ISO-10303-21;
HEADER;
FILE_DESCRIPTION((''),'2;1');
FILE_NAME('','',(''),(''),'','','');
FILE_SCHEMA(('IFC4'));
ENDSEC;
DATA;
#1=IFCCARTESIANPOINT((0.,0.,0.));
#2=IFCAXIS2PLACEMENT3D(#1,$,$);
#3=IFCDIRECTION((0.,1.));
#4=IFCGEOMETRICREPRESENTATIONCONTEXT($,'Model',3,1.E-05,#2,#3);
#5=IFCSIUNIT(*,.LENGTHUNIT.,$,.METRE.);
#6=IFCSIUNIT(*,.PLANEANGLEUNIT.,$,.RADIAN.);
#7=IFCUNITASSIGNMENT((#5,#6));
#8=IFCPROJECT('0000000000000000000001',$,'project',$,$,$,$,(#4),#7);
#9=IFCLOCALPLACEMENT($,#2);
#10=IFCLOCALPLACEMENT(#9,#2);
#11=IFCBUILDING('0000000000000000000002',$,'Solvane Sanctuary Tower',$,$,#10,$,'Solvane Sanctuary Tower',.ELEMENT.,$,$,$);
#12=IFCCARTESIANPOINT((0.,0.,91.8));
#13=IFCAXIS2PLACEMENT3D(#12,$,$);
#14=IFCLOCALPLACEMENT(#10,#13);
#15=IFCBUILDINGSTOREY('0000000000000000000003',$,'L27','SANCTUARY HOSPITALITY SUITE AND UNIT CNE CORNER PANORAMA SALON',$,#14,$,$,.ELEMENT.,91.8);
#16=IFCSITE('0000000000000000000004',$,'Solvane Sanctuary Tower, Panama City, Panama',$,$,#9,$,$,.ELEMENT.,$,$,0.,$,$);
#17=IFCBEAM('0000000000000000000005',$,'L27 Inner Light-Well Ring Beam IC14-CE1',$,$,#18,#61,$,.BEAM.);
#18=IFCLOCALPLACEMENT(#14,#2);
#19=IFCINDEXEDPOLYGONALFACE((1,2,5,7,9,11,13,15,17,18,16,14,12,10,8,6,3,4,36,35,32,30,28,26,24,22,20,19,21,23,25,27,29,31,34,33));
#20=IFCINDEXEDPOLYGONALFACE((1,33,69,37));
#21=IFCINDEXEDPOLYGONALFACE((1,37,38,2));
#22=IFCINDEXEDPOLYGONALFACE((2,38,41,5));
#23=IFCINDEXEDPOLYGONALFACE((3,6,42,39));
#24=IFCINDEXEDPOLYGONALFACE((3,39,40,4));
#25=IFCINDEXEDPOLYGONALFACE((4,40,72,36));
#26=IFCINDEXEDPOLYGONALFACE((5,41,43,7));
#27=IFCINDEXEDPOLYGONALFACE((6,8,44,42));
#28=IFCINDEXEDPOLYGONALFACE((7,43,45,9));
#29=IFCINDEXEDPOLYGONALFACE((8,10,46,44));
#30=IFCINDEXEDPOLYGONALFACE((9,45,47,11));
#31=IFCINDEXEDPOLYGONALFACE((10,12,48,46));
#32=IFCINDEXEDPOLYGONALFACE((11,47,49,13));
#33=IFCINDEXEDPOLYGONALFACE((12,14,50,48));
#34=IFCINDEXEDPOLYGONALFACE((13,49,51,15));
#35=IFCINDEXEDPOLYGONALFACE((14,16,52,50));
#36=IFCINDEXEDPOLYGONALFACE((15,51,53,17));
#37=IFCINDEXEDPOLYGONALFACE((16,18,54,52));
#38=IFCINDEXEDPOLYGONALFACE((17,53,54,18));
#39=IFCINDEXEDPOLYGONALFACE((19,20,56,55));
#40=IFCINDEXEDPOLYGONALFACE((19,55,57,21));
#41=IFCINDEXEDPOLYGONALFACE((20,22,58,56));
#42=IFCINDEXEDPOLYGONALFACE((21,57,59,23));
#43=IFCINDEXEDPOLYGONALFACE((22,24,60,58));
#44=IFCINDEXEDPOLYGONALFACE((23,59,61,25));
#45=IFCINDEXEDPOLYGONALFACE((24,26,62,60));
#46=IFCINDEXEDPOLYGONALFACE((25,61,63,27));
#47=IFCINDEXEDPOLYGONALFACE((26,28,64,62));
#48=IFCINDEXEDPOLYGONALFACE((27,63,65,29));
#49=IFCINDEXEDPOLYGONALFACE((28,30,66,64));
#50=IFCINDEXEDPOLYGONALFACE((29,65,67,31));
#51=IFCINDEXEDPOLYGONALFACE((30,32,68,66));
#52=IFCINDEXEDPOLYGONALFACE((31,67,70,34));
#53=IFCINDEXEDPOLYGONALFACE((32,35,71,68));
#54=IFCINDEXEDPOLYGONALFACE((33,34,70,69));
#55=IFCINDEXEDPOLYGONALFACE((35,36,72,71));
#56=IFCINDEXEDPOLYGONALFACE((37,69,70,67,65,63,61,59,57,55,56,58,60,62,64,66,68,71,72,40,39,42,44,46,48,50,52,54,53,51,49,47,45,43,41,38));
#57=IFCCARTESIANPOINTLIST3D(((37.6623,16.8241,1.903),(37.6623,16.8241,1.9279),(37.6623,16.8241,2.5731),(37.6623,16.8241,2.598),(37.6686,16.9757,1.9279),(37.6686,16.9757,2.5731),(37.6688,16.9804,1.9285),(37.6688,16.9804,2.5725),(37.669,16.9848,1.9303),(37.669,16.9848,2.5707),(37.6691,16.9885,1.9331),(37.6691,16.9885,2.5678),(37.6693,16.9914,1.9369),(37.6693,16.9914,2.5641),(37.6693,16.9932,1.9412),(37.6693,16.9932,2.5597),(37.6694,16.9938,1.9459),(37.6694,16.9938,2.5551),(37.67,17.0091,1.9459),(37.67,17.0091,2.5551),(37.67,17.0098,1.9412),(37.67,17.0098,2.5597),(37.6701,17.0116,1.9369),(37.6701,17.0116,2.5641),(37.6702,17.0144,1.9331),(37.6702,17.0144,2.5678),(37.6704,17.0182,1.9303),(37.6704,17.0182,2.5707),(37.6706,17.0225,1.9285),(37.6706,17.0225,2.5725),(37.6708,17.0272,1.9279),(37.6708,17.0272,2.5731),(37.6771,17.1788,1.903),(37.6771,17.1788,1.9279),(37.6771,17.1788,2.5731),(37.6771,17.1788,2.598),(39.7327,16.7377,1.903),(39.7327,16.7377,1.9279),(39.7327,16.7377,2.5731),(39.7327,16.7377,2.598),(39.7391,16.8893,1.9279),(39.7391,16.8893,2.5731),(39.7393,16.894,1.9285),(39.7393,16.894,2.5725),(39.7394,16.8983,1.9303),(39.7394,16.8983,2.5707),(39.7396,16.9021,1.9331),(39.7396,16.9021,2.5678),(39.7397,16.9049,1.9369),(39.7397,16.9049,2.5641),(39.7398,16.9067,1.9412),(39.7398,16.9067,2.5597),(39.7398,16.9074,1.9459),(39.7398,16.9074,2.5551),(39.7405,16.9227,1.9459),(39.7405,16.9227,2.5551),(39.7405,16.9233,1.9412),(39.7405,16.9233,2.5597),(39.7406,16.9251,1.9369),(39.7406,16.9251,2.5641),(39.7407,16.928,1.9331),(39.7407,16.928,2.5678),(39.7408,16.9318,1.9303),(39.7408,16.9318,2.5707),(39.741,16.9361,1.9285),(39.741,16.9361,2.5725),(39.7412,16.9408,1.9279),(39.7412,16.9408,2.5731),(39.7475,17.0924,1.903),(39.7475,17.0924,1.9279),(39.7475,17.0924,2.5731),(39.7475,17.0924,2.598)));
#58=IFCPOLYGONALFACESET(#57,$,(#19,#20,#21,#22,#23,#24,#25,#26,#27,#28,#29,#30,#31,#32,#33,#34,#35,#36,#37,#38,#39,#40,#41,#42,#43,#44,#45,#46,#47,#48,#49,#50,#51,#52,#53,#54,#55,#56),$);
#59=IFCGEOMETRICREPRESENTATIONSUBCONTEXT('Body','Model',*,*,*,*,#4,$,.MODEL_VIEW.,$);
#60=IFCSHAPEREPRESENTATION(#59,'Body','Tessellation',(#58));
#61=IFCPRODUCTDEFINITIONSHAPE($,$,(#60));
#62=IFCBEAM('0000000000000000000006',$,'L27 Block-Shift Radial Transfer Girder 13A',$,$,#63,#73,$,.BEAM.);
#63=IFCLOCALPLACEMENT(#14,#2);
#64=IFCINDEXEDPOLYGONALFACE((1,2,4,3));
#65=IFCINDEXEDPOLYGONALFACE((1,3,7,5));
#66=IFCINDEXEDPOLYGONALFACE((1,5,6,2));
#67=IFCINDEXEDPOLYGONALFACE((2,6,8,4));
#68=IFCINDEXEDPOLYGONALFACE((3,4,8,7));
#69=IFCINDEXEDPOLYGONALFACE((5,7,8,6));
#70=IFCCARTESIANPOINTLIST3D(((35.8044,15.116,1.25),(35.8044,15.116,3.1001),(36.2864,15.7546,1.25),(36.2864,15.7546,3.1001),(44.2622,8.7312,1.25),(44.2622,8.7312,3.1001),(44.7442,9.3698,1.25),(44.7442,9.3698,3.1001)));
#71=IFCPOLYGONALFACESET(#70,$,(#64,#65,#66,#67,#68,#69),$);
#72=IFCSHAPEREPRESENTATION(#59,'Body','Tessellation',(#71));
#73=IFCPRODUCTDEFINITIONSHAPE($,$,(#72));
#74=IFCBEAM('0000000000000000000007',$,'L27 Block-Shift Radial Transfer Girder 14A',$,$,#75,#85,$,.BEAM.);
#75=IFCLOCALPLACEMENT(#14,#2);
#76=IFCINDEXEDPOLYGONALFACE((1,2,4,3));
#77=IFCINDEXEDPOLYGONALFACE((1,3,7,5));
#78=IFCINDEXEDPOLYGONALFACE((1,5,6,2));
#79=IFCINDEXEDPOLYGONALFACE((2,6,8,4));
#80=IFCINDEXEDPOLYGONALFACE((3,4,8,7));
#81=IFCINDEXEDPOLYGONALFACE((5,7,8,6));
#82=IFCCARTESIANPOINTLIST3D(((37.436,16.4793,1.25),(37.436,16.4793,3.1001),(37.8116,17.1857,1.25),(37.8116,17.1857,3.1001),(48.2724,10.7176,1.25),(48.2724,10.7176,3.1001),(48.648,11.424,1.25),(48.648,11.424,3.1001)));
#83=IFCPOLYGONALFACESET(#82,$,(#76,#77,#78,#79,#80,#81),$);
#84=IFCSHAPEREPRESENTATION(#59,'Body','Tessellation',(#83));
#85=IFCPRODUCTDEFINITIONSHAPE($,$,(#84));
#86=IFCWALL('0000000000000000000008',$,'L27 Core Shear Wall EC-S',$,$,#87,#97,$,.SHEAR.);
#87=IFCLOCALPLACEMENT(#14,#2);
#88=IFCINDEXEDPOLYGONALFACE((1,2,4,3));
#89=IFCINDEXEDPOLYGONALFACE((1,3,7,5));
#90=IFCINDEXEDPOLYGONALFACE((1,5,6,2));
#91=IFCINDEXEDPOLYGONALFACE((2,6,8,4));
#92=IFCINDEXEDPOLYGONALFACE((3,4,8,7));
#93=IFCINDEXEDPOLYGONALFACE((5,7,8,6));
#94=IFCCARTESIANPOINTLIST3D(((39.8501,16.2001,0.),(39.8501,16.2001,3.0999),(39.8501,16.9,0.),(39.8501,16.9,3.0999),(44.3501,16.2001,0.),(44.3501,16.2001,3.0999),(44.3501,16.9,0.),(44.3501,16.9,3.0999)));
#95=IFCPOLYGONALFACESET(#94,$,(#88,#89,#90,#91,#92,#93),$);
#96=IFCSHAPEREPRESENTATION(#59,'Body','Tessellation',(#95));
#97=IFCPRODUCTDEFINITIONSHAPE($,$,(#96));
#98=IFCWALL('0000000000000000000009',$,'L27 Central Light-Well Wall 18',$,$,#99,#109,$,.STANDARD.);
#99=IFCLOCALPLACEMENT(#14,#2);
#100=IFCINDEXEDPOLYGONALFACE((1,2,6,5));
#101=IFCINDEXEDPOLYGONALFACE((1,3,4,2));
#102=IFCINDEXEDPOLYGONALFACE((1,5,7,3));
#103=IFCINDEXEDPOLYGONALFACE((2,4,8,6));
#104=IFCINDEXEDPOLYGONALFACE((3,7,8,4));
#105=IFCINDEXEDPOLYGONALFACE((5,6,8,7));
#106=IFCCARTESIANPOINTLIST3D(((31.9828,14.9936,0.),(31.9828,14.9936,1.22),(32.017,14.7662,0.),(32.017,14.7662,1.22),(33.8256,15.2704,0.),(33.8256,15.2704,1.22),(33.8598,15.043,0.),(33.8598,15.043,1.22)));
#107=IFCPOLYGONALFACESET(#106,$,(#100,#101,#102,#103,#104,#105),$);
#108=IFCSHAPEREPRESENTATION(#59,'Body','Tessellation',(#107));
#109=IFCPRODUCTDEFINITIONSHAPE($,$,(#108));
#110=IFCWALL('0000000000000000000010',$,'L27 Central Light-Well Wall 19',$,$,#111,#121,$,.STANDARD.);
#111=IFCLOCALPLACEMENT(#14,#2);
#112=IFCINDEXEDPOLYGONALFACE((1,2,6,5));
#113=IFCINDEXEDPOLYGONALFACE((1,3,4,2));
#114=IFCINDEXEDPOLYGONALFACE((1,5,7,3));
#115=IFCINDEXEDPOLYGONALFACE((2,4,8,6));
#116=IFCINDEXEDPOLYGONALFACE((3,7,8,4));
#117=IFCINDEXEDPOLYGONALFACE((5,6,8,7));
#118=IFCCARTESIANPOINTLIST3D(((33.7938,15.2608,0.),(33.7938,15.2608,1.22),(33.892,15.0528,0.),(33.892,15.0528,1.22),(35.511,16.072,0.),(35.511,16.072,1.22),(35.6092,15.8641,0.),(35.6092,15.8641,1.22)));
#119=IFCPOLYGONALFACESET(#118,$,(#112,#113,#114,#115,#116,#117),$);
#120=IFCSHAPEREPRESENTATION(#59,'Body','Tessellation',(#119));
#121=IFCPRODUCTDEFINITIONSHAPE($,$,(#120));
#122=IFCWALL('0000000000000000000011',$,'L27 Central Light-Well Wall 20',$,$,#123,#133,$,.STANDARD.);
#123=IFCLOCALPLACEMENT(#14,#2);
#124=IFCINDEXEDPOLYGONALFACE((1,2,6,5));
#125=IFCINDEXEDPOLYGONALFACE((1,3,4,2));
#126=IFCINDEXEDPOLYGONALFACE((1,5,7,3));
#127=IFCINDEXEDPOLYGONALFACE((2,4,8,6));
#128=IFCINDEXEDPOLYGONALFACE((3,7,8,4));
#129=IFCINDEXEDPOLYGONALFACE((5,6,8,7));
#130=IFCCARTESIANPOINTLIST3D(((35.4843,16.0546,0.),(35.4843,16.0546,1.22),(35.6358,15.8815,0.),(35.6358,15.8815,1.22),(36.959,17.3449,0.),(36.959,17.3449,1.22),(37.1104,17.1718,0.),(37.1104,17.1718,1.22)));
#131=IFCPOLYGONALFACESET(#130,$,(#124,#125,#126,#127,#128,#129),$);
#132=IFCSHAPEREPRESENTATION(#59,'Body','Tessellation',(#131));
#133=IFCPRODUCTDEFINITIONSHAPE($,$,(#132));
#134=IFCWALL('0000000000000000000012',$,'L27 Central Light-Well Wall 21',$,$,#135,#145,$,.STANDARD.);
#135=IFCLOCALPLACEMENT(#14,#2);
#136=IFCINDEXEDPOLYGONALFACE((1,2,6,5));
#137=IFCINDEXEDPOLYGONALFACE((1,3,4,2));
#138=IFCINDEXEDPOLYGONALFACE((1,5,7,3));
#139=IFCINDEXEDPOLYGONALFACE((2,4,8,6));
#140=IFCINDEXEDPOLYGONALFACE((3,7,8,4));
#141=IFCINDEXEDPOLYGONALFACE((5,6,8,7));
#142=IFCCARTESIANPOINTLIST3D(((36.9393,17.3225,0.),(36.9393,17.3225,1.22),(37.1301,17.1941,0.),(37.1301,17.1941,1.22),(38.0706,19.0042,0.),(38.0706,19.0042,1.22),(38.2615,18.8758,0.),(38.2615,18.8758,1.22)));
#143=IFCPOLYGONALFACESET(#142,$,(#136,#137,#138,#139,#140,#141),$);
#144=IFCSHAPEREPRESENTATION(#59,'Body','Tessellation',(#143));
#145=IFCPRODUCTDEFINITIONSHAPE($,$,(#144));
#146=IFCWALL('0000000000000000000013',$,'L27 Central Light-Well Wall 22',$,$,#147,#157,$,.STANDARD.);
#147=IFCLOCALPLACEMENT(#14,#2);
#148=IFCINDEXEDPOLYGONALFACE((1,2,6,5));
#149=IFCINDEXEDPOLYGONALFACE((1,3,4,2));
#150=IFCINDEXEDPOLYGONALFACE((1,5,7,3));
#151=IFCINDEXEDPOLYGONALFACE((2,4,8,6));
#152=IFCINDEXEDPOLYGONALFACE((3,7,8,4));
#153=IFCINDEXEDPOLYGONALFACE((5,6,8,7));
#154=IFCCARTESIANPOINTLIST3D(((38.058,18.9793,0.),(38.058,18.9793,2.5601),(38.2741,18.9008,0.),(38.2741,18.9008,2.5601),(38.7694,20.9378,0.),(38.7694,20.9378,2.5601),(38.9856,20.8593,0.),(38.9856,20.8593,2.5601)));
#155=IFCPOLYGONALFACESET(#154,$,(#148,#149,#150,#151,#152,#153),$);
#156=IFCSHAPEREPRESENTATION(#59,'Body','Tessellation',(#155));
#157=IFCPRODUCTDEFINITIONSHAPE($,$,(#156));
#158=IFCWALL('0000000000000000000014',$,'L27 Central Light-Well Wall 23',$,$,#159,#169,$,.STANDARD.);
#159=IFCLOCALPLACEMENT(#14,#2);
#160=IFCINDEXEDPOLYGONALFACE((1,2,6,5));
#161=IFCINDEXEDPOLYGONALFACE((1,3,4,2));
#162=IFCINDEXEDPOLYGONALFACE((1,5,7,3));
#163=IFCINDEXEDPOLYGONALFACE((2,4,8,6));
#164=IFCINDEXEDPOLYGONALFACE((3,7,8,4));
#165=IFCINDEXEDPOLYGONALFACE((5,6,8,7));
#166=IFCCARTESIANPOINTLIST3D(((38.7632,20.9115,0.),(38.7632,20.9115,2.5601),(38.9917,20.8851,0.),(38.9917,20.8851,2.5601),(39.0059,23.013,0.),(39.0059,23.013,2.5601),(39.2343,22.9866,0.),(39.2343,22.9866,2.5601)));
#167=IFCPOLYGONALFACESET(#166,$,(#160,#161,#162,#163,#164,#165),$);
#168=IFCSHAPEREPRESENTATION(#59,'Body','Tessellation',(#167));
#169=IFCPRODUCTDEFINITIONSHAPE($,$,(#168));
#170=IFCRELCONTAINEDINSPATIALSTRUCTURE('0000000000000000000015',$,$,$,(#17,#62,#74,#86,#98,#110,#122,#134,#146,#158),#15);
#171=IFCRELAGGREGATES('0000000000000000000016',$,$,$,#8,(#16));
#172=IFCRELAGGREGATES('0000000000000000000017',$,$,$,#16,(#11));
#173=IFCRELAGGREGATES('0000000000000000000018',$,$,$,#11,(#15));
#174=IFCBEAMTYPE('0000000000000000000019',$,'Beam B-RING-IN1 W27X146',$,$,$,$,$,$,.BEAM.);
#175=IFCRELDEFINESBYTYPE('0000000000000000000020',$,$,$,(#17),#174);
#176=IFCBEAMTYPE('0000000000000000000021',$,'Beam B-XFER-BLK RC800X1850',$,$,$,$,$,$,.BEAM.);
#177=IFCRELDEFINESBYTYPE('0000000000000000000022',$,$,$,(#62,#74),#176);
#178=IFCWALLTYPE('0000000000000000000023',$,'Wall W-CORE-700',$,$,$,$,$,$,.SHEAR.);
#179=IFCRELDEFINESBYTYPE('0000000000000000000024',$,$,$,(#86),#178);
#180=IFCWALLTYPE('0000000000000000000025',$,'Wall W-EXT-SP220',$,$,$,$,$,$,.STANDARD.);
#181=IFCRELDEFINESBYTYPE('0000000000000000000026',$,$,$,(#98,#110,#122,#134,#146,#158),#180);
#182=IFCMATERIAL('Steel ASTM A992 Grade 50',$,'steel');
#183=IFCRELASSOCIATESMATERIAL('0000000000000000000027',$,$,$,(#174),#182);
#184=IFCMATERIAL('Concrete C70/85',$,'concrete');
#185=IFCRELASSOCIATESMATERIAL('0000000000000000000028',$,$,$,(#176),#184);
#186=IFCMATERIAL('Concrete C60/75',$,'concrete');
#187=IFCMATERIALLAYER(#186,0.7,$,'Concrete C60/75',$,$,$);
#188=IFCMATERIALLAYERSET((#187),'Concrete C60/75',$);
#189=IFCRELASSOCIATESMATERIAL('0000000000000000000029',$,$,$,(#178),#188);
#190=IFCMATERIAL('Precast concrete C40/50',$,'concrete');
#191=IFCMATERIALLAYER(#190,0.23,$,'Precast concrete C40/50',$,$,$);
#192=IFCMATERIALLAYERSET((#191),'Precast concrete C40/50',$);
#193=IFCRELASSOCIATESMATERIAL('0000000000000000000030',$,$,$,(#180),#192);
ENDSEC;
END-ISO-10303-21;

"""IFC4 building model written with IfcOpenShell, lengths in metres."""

from ifc_helpers import new_model, si_unit, direction, frame, frame_2d, origin, origin_2d, place, context, subcontext, project, spatial, rectangle, i_section, extrude, material, layer, layer_set, material_profile, profile_set, type_object, element, save


model = new_model("IFC4")

# Units and contexts
model_context = context("Model", 3, precision=1e-05, world=origin(), true_north=direction((0.0, 1.0)))
body_context = subcontext(model_context, "Body", "Model", "MODEL_VIEW")
ifc_project = project(units=[si_unit("LENGTHUNIT", "METRE"), si_unit("PLANEANGLEUNIT", "RADIAN")], contexts=[model_context])

# Site, building, storey
site_placement = place(None, origin())
site = spatial("IfcSite", under=ifc_project, at=site_placement, Name="Solvane Sanctuary Tower, Panama City, Panama", CompositionType="ELEMENT", RefElevation=0.0)
building_placement = place(site_placement, origin())
building = spatial("IfcBuilding", under=site, at=building_placement, Name="Solvane Sanctuary Tower", LongName="Solvane Sanctuary Tower", CompositionType="ELEMENT")
storey_placement = place(building_placement, frame((0.0, 0.0, 91.8)))
storey = spatial("IfcBuildingStorey", under=building, at=storey_placement, Name="L27", Description="SANCTUARY HOSPITALITY SUITE AND UNIT CNE CORNER PANORAMA SALON", CompositionType="ELEMENT", Elevation=91.8)

# Shared definitions
ifc_material_1 = material(Name="Concrete C70/85", Category="concrete")
ifc_material_2 = material(Name="Concrete C60/75", Category="concrete")

# Beams
ifc_material_3 = material(Name="Steel ASTM A992 Grade 50", Category="steel")
ifc_material_profile_1 = material_profile(ifc_material_3, i_section(OverallWidth=0.355, OverallDepth=0.6951, WebThickness=0.0154, FlangeThickness=0.0249, FilletRadius=0.0181, at=origin_2d()), Name="W27X146")
ifc_profile_set_1 = profile_set([ifc_material_profile_1], Name="Steel ASTM A992 Grade 50")
beam_type_1 = type_object("IfcBeamType", Name="Beam B-RING-IN1 W27X146", PredefinedType="BEAM", material=ifc_profile_set_1)
beam_1_placement = place(storey_placement, frame((37.6697, 17.0015, 2.2505), z_axis=(0.99913, -0.041704, 0.0), x_axis=(0.041704, 0.99913, 0.0)))
element("IfcBeam", 1, at=beam_1_placement, inside=storey, type_object=beam_type_1, Name="L27 Inner Light-Well Ring Beam IC14-CE1", PredefinedType="BEAM", context=body_context, shape_type="SweptSolid", body=[
    extrude(i_section(OverallWidth=0.355, OverallDepth=0.6951, WebThickness=0.0154, FlangeThickness=0.0249, FilletRadius=0.0181, at=origin_2d()), origin(), (0.0, 0.0, 1.0), 2.0723),
])
ifc_material_profile_2 = material_profile(ifc_material_1, rectangle(XDim=0.8, YDim=1.8501, at=origin_2d()), Name="RC800X1850")
ifc_profile_set_2 = profile_set([ifc_material_profile_2], Name="Concrete C70/85")
beam_type_2 = type_object("IfcBeamType", Name="Beam B-XFER-BLK RC800X1850", PredefinedType="BEAM", material=ifc_profile_set_2)
beam_2_placement = place(storey_placement, frame((36.0454, 15.4353, 2.175), z_axis=(0.798119, -0.6025, 0.0), x_axis=(0.6025, 0.798119, 0.0)))
element("IfcBeam", 2, at=beam_2_placement, inside=storey, type_object=beam_type_2, Name="L27 Block-Shift Radial Transfer Girder 13A", PredefinedType="BEAM", context=body_context, shape_type="SweptSolid", body=[
    extrude(rectangle(XDim=0.8, YDim=1.8501, at=origin_2d()), origin(), (0.0, 0.0, 1.0), 10.5972),
])
beam_3_placement = place(storey_placement, frame((37.6238, 16.8325, 2.175), z_axis=(0.882951, -0.469465, 0.0), x_axis=(0.469465, 0.882951, 0.0)))
element("IfcBeam", 3, at=beam_3_placement, inside=storey, type_object=beam_type_2, Name="L27 Block-Shift Radial Transfer Girder 14A", PredefinedType="BEAM", context=body_context, shape_type="SweptSolid", body=[
    extrude(rectangle(XDim=0.8, YDim=1.8501, at=origin_2d()), origin(), (0.0, 0.0, 1.0), 12.2729),
])

# Walls
ifc_layer_1 = layer(ifc_material_2, 0.7, Name="Concrete C60/75")
ifc_layer_set_1 = layer_set([ifc_layer_1], Name="Concrete C60/75")
wall_type_1 = type_object("IfcWallType", Name="Wall W-CORE-700", PredefinedType="SHEAR", material=ifc_layer_set_1)
wall_1_placement = place(storey_placement, frame((39.8501, 16.55, 0.0), z_axis=(0.0, 0.0, 1.0), x_axis=(1.0, 0.0, 0.0)))
element("IfcWall", 4, at=wall_1_placement, inside=storey, type_object=wall_type_1, Name="L27 Core Shear Wall EC-S", PredefinedType="SHEAR", context=body_context, shape_type="SweptSolid", body=[
    extrude(rectangle(XDim=4.5, YDim=0.7, at=frame_2d((2.25, 0.0))), origin(), (0.0, 0.0, 1.0), 3.0999),
])
ifc_material_4 = material(Name="Precast concrete C40/50", Category="concrete")
ifc_layer_2 = layer(ifc_material_4, 0.23, Name="Precast concrete C40/50")
ifc_layer_set_2 = layer_set([ifc_layer_2], Name="Precast concrete C40/50")
wall_type_2 = type_object("IfcWallType", Name="Wall W-EXT-SP220", PredefinedType="STANDARD", material=ifc_layer_set_2)
wall_2_placement = place(storey_placement, frame((32.0, 14.8799, 0.0), z_axis=(0.0, 0.0, 1.0), x_axis=(0.988902, 0.148571, 0.0)))
element("IfcWall", 5, at=wall_2_placement, inside=storey, type_object=wall_type_2, Name="L27 Central Light-Well Wall 18", PredefinedType="STANDARD", context=body_context, shape_type="SweptSolid", body=[
    extrude(rectangle(XDim=1.8635, YDim=0.23, at=frame_2d((0.9316, 0.0))), origin(), (0.0, 0.0, 1.0), 1.22),
])
wall_3_placement = place(storey_placement, frame((33.8428, 15.1567, 0.0), z_axis=(0.0, 0.0, 1.0), x_axis=(0.90418, 0.427152, 0.0)))
element("IfcWall", 6, at=wall_3_placement, inside=storey, type_object=wall_type_2, Name="L27 Central Light-Well Wall 19", PredefinedType="STANDARD", context=body_context, shape_type="SweptSolid", body=[
    extrude(rectangle(XDim=1.8992, YDim=0.23, at=frame_2d((0.9497, 0.0))), origin(), (0.0, 0.0, 1.0), 1.22),
])
wall_4_placement = place(storey_placement, frame((35.5601, 15.968, 0.0), z_axis=(0.0, 0.0, 1.0), x_axis=(0.752577, 0.658505, 0.0)))
element("IfcWall", 7, at=wall_4_placement, inside=storey, type_object=wall_type_2, Name="L27 Central Light-Well Wall 20", PredefinedType="STANDARD", context=body_context, shape_type="SweptSolid", body=[
    extrude(rectangle(XDim=1.9595, YDim=0.23, at=frame_2d((0.9797, 0.0))), origin(), (0.0, 0.0, 1.0), 1.22),
])
wall_5_placement = place(storey_placement, frame((37.0347, 17.2583, 0.0), z_axis=(0.0, 0.0, 1.0), x_axis=(0.558198, 0.829708, 0.0)))
element("IfcWall", 8, at=wall_5_placement, inside=storey, type_object=wall_type_2, Name="L27 Central Light-Well Wall 21", PredefinedType="STANDARD", context=body_context, shape_type="SweptSolid", body=[
    extrude(rectangle(XDim=2.0269, YDim=0.23, at=frame_2d((1.0134, 0.0))), origin(), (0.0, 0.0, 1.0), 1.22),
])
wall_6_placement = place(storey_placement, frame((38.166, 18.9399, 0.0), z_axis=(0.0, 0.0, 1.0), x_axis=(0.341423, 0.93991, 0.0)))
element("IfcWall", 9, at=wall_6_placement, inside=storey, type_object=wall_type_2, Name="L27 Central Light-Well Wall 22", PredefinedType="STANDARD", context=body_context, shape_type="SweptSolid", body=[
    extrude(rectangle(XDim=2.0837, YDim=0.23, at=frame_2d((1.042, 0.0))), origin(), (0.0, 0.0, 1.0), 2.5601),
])
wall_7_placement = place(storey_placement, frame((38.8774, 20.8984, 0.0), z_axis=(0.0, 0.0, 1.0), x_axis=(0.114712, 0.993399, 0.0)))
element("IfcWall", 10, at=wall_7_placement, inside=storey, type_object=wall_type_2, Name="L27 Central Light-Well Wall 23", PredefinedType="STANDARD", context=body_context, shape_type="SweptSolid", body=[
    extrude(rectangle(XDim=2.1155, YDim=0.23, at=frame_2d((1.0576, 0.0))), origin(), (0.0, 0.0, 1.0), 2.5601),
])

save(model, "model.ifc")
